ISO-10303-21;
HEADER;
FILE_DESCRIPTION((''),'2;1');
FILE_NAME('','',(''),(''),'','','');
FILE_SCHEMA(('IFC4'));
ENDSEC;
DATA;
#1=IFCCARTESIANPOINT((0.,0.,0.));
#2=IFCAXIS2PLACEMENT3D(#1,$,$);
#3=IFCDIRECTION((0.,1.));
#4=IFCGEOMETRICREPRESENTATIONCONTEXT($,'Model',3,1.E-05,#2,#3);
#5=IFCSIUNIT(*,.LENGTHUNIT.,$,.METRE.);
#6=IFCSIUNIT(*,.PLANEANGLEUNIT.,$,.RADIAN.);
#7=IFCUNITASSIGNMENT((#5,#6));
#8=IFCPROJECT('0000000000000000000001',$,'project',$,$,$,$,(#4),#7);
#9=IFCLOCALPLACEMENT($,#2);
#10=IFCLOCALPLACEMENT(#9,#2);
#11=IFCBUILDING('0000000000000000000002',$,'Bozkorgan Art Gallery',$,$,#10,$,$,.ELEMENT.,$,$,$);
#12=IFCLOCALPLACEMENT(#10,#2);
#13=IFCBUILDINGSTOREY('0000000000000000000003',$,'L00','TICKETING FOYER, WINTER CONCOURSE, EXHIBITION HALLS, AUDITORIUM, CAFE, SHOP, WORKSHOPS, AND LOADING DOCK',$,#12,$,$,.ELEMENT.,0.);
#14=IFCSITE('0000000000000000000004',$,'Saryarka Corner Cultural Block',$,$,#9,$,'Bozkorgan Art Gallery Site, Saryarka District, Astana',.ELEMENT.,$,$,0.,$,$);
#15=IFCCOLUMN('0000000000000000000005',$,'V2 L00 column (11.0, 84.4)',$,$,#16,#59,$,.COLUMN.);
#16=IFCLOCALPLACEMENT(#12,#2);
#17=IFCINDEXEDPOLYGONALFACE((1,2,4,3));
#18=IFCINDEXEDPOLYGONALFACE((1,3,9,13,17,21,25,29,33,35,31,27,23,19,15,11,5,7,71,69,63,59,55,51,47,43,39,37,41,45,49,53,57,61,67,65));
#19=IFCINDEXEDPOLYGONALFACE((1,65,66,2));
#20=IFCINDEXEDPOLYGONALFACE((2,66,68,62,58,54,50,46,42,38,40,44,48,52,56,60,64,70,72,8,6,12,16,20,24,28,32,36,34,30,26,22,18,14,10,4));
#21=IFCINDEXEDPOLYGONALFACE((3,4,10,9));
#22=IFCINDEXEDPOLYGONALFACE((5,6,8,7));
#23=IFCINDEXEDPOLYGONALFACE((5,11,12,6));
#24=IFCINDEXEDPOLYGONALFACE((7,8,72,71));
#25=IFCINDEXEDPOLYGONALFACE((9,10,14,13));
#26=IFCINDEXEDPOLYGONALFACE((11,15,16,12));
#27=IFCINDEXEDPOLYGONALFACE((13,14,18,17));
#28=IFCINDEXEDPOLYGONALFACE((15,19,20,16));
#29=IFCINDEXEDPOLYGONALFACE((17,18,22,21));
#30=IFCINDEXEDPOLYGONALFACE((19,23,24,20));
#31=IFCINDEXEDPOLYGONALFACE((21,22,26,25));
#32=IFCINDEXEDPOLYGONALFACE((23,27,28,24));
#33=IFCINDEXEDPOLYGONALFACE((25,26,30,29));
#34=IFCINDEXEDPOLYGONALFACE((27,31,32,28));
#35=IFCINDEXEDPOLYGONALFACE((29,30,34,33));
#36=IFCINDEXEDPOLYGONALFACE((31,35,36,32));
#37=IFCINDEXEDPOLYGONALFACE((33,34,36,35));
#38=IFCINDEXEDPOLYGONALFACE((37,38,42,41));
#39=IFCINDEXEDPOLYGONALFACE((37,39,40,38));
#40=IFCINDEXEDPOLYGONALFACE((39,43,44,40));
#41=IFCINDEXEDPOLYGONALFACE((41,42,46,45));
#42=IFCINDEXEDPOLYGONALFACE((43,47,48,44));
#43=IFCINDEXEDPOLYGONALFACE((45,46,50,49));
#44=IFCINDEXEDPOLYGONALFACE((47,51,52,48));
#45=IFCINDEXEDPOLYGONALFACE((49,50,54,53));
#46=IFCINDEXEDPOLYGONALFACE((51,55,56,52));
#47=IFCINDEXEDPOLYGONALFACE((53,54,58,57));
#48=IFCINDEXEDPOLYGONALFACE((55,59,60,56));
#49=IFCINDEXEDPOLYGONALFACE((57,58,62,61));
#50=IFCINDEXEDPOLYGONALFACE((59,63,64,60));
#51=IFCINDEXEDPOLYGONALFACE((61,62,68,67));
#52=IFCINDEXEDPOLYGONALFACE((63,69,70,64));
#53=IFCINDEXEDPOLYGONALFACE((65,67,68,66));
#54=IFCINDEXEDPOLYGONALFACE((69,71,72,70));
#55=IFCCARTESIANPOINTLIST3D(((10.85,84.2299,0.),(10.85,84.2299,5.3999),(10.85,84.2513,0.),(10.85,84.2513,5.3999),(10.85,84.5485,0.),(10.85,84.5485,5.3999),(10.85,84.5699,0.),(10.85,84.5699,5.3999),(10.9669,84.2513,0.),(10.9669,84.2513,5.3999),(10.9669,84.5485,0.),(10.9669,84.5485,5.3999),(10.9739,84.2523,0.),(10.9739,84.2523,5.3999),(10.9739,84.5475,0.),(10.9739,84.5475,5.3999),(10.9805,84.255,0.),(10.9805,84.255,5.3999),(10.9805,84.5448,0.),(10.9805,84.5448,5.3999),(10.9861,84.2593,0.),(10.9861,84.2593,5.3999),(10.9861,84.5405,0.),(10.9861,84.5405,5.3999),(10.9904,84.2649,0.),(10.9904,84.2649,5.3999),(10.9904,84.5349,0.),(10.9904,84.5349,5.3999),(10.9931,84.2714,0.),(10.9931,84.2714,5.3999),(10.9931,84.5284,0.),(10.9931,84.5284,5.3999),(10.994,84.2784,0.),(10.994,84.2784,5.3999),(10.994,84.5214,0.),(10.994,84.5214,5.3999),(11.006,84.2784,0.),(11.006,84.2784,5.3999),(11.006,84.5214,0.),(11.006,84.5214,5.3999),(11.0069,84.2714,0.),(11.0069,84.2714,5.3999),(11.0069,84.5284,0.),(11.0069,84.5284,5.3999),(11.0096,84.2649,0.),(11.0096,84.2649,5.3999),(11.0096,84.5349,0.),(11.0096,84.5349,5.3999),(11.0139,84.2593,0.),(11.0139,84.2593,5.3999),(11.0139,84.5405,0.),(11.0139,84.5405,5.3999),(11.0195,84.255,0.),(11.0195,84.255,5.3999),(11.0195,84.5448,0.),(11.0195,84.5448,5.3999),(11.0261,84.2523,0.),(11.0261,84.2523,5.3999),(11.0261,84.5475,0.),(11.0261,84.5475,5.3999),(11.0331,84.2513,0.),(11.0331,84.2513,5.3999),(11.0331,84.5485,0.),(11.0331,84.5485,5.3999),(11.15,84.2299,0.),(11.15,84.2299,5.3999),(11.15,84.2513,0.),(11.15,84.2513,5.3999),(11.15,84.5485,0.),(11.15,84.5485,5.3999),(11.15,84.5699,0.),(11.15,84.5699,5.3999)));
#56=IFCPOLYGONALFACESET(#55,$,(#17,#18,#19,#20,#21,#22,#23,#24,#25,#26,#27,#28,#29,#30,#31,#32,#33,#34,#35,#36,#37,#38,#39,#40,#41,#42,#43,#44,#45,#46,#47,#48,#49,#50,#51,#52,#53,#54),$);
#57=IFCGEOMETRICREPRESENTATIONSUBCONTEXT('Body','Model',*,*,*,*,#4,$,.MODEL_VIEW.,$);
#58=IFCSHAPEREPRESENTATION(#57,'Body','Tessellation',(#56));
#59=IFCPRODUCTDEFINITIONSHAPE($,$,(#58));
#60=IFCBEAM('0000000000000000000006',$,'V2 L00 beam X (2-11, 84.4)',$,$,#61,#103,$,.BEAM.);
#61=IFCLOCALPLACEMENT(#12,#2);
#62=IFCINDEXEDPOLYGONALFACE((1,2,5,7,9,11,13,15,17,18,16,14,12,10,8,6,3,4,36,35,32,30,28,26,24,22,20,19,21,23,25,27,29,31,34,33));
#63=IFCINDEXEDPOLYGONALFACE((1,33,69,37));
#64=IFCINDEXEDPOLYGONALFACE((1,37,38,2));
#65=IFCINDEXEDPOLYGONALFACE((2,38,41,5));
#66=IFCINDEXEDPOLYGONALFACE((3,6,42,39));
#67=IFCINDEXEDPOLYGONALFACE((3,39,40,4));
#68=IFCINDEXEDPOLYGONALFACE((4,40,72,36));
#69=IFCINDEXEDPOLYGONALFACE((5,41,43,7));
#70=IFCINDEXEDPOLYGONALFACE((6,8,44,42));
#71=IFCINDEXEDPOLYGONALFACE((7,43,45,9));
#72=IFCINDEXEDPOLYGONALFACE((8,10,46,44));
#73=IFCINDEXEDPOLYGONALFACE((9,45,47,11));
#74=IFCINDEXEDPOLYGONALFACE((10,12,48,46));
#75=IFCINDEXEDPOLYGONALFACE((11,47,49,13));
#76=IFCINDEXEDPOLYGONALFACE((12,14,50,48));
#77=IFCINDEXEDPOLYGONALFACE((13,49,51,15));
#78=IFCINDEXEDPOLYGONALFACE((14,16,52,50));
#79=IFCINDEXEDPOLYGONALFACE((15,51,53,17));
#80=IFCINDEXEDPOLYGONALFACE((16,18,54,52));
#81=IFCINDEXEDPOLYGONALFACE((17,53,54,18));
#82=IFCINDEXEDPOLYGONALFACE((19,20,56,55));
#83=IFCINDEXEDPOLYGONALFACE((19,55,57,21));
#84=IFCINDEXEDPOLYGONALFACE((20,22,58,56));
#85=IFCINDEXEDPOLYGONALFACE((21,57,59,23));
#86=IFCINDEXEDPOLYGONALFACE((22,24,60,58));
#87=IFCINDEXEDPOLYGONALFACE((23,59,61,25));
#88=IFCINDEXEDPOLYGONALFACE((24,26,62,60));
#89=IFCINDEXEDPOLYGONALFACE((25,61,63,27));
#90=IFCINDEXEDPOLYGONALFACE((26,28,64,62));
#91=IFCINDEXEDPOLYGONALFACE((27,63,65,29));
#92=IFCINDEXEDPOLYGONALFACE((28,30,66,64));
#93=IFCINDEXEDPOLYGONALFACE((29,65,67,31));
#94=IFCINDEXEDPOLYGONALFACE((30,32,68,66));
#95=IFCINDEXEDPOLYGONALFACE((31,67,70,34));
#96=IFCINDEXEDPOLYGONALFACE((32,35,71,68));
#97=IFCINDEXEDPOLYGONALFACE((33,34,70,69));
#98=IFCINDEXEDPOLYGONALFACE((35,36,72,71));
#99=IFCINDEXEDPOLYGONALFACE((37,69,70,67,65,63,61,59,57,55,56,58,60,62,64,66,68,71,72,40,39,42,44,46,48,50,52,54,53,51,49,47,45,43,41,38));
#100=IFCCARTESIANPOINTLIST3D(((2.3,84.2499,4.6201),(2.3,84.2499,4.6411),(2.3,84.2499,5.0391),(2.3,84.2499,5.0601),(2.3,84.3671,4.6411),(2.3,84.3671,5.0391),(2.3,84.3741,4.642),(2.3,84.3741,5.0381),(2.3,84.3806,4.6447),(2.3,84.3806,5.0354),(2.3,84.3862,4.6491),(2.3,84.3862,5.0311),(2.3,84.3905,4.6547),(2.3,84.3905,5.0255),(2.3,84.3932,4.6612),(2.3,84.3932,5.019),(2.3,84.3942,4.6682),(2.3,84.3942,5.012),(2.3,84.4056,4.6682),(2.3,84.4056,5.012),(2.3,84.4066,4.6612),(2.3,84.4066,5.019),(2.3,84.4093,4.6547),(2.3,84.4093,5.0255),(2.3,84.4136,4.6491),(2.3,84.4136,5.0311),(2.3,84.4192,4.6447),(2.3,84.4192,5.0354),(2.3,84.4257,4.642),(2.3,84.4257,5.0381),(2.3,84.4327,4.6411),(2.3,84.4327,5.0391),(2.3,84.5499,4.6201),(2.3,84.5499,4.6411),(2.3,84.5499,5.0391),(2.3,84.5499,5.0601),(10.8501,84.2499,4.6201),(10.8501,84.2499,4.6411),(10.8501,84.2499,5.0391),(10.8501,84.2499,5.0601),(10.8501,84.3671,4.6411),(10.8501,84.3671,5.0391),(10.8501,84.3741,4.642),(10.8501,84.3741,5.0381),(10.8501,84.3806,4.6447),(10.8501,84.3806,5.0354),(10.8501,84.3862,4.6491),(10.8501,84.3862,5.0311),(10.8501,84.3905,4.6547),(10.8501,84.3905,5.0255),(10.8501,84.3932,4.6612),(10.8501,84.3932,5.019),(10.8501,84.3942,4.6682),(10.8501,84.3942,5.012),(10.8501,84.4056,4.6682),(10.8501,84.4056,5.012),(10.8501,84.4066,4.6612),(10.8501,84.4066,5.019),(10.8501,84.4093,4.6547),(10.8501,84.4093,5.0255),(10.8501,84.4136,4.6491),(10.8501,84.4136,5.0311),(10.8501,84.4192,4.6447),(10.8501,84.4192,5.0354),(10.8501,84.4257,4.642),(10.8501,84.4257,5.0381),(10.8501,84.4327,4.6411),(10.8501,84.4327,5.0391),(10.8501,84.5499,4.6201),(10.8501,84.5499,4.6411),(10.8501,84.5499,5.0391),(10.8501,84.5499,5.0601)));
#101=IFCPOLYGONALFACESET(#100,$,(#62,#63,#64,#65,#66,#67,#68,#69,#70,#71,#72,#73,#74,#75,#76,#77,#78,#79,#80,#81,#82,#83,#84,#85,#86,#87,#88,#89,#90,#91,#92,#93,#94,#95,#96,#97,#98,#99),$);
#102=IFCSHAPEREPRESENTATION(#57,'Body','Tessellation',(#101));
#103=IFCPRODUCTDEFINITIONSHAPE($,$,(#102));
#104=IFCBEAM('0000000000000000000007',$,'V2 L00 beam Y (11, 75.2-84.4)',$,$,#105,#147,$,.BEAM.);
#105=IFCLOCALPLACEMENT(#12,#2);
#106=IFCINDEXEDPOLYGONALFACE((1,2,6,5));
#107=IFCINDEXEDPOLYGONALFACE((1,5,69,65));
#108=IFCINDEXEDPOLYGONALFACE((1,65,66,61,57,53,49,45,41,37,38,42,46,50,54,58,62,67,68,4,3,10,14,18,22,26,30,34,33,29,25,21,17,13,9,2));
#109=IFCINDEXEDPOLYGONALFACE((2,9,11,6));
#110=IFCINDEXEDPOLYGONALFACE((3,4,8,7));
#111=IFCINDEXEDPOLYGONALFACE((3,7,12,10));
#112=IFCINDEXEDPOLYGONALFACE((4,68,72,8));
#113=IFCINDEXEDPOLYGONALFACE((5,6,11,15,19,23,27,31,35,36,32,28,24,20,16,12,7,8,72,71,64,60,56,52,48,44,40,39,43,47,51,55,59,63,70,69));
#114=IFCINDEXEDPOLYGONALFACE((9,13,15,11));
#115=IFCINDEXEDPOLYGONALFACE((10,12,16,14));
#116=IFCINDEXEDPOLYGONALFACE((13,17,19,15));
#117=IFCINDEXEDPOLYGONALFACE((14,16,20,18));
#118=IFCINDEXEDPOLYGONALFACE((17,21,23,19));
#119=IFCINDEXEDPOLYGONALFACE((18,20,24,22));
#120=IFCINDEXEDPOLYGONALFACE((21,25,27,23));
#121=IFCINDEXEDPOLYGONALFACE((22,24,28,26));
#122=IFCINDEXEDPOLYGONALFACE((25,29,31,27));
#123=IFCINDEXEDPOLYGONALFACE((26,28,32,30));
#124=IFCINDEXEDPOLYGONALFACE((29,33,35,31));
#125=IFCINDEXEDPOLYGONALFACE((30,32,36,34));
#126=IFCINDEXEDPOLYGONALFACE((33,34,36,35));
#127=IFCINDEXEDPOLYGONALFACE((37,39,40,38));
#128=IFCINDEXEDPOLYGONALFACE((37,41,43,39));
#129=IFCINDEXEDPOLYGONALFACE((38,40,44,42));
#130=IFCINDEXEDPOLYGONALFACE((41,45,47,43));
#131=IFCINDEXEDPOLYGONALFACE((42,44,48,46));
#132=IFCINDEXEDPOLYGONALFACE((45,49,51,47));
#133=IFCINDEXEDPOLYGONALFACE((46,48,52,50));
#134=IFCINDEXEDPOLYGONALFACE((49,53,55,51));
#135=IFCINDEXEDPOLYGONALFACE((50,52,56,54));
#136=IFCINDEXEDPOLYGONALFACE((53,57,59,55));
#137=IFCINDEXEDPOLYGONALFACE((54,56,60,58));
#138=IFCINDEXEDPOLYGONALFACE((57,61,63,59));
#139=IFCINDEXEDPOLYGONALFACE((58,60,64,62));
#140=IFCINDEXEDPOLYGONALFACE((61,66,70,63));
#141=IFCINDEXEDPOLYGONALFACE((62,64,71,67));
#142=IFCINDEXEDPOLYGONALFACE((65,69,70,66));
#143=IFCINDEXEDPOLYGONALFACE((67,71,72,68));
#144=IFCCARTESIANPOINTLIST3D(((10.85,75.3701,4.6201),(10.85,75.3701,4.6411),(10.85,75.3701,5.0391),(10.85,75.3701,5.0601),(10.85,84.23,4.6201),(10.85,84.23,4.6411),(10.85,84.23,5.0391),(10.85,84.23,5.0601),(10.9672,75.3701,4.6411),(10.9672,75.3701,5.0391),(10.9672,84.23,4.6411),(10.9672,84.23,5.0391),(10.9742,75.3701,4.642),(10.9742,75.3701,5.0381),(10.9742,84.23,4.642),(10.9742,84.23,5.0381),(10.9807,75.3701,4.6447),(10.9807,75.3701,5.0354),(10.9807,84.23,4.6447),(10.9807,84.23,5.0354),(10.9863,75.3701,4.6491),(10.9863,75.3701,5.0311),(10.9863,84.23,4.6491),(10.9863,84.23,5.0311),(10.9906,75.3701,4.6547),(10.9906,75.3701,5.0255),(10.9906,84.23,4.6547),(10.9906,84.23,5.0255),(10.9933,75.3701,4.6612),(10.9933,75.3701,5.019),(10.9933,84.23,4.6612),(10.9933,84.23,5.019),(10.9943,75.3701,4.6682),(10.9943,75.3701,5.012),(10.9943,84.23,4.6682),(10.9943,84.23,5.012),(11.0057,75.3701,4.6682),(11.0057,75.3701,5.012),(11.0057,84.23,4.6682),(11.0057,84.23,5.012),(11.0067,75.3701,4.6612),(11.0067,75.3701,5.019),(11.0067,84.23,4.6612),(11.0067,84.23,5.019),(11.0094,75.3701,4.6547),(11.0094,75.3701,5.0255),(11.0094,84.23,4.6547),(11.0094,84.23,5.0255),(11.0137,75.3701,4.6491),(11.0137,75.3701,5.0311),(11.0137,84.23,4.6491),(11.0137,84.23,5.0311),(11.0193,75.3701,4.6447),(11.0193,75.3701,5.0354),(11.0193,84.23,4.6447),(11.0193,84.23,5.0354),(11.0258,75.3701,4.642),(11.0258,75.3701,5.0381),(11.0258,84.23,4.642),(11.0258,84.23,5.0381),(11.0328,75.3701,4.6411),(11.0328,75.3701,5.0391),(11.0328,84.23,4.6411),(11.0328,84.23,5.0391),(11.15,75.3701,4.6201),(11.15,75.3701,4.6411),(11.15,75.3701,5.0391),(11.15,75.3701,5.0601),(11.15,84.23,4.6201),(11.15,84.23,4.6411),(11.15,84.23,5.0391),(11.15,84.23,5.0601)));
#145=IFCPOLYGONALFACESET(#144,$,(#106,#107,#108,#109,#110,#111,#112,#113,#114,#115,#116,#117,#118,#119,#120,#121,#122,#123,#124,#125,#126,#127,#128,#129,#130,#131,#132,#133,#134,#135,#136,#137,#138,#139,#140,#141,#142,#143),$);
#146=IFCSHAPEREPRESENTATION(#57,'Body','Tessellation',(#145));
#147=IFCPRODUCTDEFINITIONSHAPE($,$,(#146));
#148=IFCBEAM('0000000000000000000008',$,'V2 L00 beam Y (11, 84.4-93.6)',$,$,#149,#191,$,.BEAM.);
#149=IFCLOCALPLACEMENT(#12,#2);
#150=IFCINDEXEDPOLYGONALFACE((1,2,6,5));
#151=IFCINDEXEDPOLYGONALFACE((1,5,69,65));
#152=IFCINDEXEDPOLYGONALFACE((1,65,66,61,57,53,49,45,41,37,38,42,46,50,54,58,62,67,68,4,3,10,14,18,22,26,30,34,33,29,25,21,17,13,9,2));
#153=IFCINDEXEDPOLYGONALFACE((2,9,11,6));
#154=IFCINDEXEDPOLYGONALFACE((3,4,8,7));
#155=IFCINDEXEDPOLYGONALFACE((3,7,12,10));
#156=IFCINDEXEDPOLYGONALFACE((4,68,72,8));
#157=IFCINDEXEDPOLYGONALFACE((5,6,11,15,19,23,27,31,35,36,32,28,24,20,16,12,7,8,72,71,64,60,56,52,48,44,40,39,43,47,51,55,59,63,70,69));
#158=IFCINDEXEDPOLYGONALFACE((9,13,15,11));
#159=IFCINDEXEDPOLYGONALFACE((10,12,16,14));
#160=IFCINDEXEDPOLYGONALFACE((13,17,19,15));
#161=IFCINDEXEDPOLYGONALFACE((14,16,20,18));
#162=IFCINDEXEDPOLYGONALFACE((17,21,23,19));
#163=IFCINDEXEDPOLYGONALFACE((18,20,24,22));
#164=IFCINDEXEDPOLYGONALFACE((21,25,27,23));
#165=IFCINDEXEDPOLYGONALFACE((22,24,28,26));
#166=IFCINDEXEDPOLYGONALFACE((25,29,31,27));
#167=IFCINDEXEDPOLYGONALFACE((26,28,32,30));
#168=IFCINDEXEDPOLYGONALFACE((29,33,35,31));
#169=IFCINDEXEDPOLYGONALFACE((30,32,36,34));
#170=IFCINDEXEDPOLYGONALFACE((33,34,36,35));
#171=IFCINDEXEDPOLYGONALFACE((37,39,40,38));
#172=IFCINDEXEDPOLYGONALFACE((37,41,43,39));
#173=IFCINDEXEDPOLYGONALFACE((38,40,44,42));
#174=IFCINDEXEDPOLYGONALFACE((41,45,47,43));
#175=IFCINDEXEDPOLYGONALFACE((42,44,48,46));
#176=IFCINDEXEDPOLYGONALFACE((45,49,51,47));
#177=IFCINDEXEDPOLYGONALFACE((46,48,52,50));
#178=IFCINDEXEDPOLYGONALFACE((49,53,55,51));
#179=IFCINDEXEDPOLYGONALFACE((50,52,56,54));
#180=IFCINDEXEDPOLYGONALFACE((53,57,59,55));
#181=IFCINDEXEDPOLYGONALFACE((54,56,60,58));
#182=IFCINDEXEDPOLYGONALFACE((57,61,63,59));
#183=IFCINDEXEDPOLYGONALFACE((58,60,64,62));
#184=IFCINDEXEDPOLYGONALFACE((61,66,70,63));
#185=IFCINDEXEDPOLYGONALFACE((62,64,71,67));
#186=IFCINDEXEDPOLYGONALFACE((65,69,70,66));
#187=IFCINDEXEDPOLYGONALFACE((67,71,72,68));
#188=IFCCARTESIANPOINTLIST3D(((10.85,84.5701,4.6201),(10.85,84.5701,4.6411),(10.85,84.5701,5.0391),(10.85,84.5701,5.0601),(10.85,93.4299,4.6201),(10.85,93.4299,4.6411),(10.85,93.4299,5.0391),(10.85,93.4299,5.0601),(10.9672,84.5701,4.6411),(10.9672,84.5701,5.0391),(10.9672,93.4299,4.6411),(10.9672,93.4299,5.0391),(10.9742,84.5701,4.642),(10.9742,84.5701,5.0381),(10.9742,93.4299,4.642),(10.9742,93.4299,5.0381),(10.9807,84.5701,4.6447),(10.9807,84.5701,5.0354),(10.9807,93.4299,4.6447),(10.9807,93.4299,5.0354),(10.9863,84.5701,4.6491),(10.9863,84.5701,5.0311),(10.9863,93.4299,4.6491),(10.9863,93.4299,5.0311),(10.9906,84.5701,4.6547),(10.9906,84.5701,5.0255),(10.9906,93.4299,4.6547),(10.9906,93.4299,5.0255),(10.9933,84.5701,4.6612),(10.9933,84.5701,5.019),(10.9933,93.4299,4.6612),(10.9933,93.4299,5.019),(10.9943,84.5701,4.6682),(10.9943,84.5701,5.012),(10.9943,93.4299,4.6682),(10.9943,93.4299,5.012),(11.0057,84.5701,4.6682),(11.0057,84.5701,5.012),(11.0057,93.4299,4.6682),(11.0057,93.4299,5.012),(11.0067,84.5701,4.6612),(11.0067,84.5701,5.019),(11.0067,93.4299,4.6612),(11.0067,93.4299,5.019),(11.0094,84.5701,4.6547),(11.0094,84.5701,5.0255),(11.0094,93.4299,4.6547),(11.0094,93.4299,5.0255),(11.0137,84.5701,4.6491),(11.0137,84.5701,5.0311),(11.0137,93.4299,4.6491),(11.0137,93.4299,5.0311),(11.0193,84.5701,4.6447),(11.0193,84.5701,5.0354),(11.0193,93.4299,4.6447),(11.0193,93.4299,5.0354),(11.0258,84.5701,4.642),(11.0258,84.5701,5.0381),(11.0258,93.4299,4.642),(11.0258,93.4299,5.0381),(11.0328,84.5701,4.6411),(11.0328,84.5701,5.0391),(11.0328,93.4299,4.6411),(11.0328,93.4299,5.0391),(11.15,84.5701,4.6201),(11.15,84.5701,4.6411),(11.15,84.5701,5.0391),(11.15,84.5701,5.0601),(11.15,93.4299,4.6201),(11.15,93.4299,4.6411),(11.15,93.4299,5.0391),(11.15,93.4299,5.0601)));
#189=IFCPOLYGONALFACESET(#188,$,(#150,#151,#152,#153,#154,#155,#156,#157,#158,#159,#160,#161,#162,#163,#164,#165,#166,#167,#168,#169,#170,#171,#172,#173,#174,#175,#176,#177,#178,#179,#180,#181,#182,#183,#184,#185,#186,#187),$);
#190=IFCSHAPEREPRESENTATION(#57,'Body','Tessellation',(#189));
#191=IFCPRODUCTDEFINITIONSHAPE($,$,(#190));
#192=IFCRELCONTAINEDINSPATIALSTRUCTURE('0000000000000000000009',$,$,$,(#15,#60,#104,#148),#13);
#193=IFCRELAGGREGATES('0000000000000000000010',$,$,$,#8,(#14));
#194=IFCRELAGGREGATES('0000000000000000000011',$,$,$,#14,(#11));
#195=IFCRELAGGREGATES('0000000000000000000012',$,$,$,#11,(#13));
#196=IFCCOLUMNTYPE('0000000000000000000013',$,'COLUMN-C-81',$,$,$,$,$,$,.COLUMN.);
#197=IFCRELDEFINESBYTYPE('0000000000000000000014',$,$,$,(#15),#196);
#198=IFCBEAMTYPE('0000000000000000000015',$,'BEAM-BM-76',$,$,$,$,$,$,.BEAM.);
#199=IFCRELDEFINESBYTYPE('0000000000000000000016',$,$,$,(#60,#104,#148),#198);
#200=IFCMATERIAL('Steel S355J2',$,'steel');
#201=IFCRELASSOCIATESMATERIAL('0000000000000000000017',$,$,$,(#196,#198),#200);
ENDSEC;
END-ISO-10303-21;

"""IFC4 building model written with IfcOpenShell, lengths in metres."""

from ifc_helpers import new_model, si_unit, direction, frame, origin, origin_2d, place, context, subcontext, project, spatial, i_section, extrude, material, material_profile, profile_set, type_object, element, save


model = new_model("IFC4")

# Units and contexts
model_context = context("Model", 3, precision=1e-05, world=origin(), true_north=direction((0.0, 1.0)))
body_context = subcontext(model_context, "Body", "Model", "MODEL_VIEW")
ifc_project = project(units=[si_unit("LENGTHUNIT", "METRE"), si_unit("PLANEANGLEUNIT", "RADIAN")], contexts=[model_context])

# Site, building, storey
site_placement = place(None, origin())
site = spatial("IfcSite", under=ifc_project, at=site_placement, Name="Saryarka Corner Cultural Block", LongName="Bozkorgan Art Gallery Site, Saryarka District, Astana", CompositionType="ELEMENT", RefElevation=0.0)
building_placement = place(site_placement, origin())
building = spatial("IfcBuilding", under=site, at=building_placement, Name="Bozkorgan Art Gallery", CompositionType="ELEMENT")
storey_placement = place(building_placement, origin())
storey = spatial("IfcBuildingStorey", under=building, at=storey_placement, Name="L00", Description="TICKETING FOYER, WINTER CONCOURSE, EXHIBITION HALLS, AUDITORIUM, CAFE, SHOP, WORKSHOPS, AND LOADING DOCK", CompositionType="ELEMENT", Elevation=0.0)

# Column
ifc_material_1 = material(Name="Steel S355J2", Category="steel")
ifc_material_profile_1 = material_profile(ifc_material_1, i_section(OverallWidth=0.3, OverallDepth=0.3401, WebThickness=0.012, FlangeThickness=0.0215, FilletRadius=0.0271, at=origin_2d()), Name="HEB 340")
ifc_profile_set_1 = profile_set([ifc_material_profile_1], Name="Steel S355J2")
column_type_1 = type_object("IfcColumnType", Name="COLUMN-C-81", PredefinedType="COLUMN", material=ifc_profile_set_1)
column_1_placement = place(storey_placement, frame((11.0, 84.3999, 0.0), z_axis=(0.0, 0.0, 1.0), x_axis=(1.0, 0.0, 0.0)))
element("IfcColumn", 1, at=column_1_placement, inside=storey, type_object=column_type_1, Name="V2 L00 column (11.0, 84.4)", PredefinedType="COLUMN", context=body_context, shape_type="SweptSolid", body=[
    extrude(i_section(OverallWidth=0.3, OverallDepth=0.3401, WebThickness=0.012, FlangeThickness=0.0215, FilletRadius=0.0271, at=origin_2d()), origin(), (0.0, 0.0, 1.0), 5.3999),
])

# Beams
ifc_material_profile_2 = material_profile(ifc_material_1, i_section(OverallWidth=0.3, OverallDepth=0.4399, WebThickness=0.0115, FlangeThickness=0.021, FilletRadius=0.0271, at=origin_2d()), Name="HEA 450")
ifc_profile_set_2 = profile_set([ifc_material_profile_2], Name="Steel S355J2")
beam_type_1 = type_object("IfcBeamType", Name="BEAM-BM-76", PredefinedType="BEAM", material=ifc_profile_set_2)
beam_placement = place(storey_placement, frame((2.3, 84.3999, 4.8401), z_axis=(1.0, 0.0, 0.0), x_axis=(0.0, 1.0, 0.0)))
element("IfcBeam", 2, at=beam_placement, inside=storey, type_object=beam_type_1, Name="V2 L00 beam X (2-11, 84.4)", PredefinedType="BEAM", context=body_context, shape_type="SweptSolid", body=[
    extrude(i_section(OverallWidth=0.3, OverallDepth=0.4399, WebThickness=0.0115, FlangeThickness=0.021, FilletRadius=0.0271, at=origin_2d()), origin(), (0.0, 0.0, 1.0), 8.55),
])
for number, where, z_axis, x_axis, name in (
    (3, (11.0, 75.3701, 4.8401), (0.0, 1.0, 0.0), (-1.0, 0.0, 0.0), "V2 L00 beam Y (11, 75.2-84.4)"),
    (4, (11.0, 84.5701, 4.8401), (0.0, 1.0, 0.0), (-1.0, 0.0, 0.0), "V2 L00 beam Y (11, 84.4-93.6)"),
):
    element("IfcBeam", number, at=place(storey_placement, frame(where, z_axis=z_axis, x_axis=x_axis)), inside=storey, type_object=beam_type_1, Name=name, PredefinedType="BEAM", context=body_context, shape_type="SweptSolid", body=[
        extrude(i_section(OverallWidth=0.3, OverallDepth=0.4399, WebThickness=0.0115, FlangeThickness=0.021, FilletRadius=0.0271, at=origin_2d()), origin(), (0.0, 0.0, 1.0), 8.8599),
    ])

save(model, "model.ifc")
